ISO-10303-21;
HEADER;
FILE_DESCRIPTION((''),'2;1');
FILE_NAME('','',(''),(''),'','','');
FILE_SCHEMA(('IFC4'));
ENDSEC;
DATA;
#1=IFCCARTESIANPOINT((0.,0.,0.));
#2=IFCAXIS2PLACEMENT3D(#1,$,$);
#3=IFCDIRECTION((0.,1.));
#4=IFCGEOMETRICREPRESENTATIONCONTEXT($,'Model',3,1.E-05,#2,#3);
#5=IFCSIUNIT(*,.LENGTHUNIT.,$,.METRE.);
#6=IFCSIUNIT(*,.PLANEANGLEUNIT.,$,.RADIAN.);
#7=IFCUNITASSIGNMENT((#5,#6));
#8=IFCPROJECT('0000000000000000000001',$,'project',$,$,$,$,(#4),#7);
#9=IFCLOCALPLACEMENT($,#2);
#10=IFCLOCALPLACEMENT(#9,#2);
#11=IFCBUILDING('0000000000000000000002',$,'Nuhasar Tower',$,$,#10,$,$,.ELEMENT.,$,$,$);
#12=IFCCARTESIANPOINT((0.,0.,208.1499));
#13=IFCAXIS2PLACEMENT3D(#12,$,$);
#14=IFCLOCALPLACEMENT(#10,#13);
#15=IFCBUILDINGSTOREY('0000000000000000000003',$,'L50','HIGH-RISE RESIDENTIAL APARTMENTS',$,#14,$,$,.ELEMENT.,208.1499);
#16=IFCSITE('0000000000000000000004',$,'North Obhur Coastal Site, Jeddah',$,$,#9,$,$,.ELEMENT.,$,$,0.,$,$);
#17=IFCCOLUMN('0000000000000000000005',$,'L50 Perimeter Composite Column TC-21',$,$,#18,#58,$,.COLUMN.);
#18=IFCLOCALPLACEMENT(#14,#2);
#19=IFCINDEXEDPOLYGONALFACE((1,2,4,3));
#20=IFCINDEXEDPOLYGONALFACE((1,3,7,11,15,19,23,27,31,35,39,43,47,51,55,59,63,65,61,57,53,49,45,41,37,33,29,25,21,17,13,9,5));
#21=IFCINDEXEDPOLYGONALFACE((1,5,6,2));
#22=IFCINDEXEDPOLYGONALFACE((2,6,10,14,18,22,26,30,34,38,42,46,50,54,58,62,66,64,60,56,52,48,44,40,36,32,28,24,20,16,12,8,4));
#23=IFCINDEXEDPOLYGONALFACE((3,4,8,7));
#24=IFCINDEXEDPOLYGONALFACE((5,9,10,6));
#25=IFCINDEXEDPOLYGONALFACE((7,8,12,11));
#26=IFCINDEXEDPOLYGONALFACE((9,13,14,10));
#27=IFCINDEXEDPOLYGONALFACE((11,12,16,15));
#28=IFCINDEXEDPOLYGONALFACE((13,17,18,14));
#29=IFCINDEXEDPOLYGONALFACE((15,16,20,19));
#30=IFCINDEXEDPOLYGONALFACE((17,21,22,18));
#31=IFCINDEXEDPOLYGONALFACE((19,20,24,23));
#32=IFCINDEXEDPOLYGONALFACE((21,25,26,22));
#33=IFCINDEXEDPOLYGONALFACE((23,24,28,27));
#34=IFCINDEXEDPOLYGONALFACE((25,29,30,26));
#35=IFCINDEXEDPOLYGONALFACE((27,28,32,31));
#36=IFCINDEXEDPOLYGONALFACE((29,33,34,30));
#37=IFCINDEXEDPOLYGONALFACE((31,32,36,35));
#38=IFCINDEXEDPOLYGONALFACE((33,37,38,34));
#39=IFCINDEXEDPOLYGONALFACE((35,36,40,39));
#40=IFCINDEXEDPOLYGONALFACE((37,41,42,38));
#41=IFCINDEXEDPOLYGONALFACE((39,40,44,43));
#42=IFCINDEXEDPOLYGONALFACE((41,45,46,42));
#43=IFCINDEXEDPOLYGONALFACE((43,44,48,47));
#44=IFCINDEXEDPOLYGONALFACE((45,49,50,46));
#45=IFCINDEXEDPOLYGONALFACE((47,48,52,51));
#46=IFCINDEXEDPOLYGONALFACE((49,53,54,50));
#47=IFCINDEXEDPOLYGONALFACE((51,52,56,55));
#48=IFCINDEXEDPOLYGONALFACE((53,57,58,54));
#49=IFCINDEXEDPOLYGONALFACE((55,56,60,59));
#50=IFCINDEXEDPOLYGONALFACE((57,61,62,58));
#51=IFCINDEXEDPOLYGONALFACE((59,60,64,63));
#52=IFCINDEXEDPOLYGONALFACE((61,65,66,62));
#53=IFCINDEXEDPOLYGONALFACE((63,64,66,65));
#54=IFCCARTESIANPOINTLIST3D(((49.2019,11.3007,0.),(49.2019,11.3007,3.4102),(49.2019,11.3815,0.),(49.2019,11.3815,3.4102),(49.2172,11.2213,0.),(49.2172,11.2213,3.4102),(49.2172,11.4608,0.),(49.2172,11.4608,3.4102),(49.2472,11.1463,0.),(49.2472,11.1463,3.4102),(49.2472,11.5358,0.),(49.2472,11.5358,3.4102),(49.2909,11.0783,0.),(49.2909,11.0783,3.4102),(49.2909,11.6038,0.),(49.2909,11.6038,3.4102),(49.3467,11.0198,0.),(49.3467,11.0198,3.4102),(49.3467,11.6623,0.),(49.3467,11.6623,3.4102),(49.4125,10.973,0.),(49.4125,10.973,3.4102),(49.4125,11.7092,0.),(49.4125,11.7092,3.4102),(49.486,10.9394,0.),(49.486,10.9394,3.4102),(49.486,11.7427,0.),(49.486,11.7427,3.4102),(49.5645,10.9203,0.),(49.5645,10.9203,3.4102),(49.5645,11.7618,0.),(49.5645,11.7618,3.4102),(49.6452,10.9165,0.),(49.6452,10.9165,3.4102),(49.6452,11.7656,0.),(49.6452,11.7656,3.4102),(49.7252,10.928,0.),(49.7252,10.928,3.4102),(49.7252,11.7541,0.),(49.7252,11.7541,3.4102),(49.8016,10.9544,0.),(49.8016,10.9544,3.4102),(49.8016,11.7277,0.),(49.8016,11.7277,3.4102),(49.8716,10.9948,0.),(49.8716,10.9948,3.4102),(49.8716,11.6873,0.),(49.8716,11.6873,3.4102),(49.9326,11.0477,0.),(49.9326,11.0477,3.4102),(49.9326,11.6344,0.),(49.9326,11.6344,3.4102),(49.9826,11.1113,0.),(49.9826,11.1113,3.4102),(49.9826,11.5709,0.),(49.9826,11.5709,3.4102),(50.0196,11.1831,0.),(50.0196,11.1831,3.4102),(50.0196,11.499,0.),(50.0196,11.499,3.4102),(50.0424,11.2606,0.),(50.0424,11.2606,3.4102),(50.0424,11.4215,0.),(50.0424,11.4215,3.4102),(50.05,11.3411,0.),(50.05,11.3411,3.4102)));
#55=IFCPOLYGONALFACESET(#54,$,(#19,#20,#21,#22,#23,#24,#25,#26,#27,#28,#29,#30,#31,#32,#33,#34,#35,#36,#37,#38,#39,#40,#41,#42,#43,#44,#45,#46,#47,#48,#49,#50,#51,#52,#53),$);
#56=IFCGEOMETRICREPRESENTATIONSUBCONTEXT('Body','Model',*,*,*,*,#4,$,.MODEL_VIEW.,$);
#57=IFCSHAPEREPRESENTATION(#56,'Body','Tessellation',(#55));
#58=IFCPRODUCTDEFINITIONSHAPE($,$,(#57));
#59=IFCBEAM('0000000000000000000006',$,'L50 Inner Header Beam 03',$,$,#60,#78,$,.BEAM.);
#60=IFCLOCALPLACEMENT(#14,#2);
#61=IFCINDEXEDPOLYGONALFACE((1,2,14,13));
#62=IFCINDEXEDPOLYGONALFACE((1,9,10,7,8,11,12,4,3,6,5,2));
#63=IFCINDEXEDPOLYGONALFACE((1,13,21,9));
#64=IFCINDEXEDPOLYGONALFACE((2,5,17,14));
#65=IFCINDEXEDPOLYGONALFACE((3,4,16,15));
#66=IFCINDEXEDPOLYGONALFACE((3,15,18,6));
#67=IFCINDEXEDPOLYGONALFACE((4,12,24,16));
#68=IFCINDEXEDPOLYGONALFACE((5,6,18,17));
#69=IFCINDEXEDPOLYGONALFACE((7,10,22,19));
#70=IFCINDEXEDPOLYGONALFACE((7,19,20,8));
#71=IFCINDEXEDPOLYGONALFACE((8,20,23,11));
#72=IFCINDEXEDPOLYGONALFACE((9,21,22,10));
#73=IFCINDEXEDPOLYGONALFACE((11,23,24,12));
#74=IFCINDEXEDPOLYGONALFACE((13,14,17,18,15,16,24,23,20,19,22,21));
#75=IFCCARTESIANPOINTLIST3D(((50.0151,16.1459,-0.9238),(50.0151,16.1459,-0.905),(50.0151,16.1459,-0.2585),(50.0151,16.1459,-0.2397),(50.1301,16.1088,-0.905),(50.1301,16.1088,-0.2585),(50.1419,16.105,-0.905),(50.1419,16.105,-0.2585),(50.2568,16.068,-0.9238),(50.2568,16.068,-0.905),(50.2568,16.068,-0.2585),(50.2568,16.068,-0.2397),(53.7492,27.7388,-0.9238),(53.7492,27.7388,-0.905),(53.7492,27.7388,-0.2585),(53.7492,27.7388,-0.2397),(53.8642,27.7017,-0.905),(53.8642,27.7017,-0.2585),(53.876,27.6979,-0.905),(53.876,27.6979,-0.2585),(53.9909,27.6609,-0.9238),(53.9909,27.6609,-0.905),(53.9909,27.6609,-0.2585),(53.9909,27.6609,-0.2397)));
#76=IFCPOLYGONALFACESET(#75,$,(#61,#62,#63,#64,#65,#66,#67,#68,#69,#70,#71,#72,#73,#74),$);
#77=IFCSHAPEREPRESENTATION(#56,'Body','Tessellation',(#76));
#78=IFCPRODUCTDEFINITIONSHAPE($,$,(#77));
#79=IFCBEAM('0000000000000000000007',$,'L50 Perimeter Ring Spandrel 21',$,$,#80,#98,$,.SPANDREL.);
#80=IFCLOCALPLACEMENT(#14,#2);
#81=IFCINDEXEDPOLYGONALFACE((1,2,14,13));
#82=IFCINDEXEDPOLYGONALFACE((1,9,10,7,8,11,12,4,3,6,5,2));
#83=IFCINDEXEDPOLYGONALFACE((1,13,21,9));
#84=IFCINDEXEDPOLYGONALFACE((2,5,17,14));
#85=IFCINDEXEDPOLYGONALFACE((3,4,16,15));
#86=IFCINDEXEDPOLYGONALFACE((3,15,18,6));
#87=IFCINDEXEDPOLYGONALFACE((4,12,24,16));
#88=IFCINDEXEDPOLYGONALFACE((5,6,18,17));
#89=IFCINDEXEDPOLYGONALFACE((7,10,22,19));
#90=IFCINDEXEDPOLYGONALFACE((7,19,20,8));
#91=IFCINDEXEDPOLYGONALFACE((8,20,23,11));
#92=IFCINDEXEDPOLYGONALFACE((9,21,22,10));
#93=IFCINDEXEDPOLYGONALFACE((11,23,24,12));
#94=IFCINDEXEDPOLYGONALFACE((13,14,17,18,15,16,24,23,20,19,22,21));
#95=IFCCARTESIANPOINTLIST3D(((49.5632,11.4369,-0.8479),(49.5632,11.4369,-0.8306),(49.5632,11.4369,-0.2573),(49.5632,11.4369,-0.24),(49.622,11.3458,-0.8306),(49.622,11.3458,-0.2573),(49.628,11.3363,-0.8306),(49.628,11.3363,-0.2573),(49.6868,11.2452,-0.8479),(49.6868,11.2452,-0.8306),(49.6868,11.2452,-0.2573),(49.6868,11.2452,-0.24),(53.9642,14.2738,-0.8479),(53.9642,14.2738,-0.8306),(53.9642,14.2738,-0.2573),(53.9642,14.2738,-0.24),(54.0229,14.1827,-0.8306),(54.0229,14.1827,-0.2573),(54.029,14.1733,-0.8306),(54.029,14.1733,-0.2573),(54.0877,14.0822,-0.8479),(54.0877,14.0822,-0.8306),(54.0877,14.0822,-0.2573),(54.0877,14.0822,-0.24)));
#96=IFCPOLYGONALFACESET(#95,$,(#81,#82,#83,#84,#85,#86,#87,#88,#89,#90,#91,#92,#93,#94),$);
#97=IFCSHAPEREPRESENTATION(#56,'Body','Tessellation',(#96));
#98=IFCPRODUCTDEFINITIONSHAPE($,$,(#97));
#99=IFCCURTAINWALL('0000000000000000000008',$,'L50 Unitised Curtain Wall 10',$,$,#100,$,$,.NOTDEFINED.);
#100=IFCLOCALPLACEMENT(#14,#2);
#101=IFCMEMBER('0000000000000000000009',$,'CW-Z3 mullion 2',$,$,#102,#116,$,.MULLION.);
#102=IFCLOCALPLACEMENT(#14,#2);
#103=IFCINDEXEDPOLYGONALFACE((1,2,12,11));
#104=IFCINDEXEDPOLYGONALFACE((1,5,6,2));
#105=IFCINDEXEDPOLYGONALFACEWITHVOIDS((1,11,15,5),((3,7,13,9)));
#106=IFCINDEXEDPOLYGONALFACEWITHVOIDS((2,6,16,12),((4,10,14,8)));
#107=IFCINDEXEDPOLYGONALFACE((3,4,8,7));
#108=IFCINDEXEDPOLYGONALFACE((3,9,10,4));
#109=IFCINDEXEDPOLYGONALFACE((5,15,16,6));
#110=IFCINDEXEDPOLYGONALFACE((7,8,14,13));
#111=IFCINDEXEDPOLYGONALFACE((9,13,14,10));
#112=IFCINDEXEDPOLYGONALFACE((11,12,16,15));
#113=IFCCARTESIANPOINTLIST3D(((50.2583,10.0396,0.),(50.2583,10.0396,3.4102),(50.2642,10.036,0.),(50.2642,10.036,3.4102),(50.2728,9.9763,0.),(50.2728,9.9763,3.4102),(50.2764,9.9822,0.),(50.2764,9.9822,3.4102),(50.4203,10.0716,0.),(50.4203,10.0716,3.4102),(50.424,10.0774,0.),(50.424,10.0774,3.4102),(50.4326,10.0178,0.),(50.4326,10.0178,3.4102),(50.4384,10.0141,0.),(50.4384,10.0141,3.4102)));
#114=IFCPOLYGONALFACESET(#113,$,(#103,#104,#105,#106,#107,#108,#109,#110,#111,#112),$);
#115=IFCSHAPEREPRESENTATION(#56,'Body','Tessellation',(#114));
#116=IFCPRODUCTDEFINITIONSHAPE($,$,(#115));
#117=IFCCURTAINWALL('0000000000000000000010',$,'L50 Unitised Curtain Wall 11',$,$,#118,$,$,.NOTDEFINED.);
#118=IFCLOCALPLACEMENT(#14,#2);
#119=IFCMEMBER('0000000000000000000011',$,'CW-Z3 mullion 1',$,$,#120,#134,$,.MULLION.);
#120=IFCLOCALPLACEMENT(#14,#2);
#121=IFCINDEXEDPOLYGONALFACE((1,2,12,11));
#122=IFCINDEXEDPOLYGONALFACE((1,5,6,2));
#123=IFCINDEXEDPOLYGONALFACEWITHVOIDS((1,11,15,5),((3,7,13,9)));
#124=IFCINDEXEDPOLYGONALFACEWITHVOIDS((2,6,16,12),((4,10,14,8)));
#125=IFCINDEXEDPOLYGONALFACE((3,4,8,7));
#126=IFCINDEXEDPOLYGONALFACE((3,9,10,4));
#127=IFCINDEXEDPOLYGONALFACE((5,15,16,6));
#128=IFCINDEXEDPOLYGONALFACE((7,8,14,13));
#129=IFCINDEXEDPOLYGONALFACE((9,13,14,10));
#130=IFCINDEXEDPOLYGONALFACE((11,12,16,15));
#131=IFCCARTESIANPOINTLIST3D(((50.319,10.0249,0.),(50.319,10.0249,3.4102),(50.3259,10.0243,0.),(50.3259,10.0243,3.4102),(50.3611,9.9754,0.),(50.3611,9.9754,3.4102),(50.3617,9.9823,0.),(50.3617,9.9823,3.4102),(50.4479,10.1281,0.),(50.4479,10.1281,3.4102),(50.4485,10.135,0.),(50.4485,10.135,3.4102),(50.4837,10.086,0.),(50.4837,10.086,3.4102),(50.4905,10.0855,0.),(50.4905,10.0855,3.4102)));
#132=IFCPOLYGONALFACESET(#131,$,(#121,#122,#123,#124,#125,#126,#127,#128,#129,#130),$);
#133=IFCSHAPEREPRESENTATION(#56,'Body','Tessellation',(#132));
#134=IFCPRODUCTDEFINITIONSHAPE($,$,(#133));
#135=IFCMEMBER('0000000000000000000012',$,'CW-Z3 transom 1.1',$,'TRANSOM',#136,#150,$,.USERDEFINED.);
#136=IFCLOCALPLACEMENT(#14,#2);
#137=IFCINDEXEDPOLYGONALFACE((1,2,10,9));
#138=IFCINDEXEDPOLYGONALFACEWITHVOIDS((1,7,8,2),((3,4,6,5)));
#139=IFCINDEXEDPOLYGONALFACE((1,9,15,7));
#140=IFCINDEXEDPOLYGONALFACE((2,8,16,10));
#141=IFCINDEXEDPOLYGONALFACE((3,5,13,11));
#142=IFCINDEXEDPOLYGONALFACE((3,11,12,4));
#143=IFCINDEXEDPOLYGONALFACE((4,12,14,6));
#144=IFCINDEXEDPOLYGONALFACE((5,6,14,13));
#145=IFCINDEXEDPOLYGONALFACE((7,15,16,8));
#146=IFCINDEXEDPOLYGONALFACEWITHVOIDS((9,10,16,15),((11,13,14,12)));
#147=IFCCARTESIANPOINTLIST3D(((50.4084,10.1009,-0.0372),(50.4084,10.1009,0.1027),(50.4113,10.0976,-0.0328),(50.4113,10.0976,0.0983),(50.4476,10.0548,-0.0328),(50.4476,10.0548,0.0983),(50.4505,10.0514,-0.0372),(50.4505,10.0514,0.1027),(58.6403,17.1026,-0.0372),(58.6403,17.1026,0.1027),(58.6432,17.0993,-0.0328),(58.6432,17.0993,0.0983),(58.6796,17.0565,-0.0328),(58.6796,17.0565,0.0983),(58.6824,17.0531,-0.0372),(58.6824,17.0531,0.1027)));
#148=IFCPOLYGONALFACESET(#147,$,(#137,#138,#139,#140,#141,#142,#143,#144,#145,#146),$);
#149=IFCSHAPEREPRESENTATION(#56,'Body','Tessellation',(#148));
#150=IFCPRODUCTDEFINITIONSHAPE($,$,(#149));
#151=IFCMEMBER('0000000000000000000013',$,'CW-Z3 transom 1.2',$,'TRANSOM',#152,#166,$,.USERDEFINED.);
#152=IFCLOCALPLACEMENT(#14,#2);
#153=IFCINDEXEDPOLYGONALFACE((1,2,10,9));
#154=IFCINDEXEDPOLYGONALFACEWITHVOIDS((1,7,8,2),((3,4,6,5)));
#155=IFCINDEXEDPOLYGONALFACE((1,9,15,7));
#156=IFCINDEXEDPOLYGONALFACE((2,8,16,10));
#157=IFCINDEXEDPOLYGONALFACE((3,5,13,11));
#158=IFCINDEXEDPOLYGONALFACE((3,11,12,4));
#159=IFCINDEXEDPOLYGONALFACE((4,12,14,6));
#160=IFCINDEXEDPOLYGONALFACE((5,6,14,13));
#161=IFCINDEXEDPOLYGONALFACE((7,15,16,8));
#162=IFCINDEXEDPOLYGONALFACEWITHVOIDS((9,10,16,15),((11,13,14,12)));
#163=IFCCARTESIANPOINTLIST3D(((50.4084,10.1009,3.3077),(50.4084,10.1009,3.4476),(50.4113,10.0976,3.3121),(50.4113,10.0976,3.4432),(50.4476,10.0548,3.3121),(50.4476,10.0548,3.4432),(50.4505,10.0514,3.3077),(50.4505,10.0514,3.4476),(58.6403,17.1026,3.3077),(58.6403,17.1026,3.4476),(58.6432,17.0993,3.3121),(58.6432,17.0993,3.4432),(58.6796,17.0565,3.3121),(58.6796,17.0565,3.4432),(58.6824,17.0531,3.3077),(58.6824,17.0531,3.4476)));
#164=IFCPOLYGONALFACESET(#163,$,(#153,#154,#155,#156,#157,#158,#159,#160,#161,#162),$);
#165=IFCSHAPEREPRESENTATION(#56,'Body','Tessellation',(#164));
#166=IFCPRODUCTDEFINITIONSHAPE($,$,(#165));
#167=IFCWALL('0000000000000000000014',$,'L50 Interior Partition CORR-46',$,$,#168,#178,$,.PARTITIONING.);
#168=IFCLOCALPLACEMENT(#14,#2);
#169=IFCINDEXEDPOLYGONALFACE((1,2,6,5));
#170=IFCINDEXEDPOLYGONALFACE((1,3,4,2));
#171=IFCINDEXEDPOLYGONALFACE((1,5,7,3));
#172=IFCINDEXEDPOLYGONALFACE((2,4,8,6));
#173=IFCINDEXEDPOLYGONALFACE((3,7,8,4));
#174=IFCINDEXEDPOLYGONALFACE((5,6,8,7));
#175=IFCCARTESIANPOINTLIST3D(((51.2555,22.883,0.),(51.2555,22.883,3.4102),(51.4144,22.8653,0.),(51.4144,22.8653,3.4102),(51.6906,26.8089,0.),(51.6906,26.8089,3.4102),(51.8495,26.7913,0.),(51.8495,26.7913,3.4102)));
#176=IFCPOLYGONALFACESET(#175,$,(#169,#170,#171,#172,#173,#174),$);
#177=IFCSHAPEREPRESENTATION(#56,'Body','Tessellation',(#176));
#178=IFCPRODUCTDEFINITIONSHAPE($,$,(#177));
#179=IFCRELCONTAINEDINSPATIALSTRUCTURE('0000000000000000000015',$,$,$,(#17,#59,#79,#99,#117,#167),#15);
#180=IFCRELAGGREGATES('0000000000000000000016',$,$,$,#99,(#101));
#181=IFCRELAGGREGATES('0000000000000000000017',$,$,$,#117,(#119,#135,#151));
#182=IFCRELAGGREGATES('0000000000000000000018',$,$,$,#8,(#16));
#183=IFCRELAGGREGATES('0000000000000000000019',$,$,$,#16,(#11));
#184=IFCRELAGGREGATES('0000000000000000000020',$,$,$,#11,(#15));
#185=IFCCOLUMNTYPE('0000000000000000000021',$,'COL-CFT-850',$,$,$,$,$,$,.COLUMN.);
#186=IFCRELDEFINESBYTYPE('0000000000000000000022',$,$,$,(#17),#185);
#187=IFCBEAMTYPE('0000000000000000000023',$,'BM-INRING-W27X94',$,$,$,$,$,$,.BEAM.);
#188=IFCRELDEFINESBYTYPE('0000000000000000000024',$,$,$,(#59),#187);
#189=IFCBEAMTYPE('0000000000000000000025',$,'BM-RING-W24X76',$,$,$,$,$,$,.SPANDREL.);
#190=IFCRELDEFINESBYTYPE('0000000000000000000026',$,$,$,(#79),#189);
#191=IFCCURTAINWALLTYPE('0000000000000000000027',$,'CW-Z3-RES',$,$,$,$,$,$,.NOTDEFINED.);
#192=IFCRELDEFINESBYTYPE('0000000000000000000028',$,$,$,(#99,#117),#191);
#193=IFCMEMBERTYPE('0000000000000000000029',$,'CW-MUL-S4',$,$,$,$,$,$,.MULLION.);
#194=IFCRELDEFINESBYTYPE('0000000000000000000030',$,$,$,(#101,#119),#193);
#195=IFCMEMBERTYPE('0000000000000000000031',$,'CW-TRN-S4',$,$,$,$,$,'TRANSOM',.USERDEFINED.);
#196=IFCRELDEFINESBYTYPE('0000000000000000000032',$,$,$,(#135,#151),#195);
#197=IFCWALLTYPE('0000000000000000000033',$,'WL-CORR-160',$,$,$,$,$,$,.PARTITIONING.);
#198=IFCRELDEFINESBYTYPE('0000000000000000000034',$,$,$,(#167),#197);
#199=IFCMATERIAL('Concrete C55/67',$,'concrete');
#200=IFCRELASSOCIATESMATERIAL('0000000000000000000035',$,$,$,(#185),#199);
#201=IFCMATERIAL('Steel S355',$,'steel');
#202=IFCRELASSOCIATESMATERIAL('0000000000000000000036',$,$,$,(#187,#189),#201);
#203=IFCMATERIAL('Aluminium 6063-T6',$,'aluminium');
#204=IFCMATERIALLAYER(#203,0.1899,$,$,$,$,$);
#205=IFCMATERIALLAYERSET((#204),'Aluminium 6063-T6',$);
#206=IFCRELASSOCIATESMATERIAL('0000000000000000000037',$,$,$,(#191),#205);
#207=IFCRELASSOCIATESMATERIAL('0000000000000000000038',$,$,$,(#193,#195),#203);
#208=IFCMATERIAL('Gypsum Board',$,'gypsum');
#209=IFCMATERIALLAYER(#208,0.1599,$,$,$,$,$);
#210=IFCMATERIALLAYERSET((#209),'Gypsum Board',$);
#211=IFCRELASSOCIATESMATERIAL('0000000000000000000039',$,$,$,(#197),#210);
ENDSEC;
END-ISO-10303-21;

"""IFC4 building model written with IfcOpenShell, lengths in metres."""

from ifc_helpers import new_model, si_unit, direction, frame, frame_2d, origin, origin_2d, place, context, subcontext, project, spatial, rectangle, hollow_rectangle, circle, i_section, extrude, material, layer, layer_set, material_profile, profile_set, type_object, element, aggregate, save


model = new_model("IFC4")

# Units and contexts
model_context = context("Model", 3, precision=1e-05, world=origin(), true_north=direction((0.0, 1.0)))
body_context = subcontext(model_context, "Body", "Model", "MODEL_VIEW")
ifc_project = project(units=[si_unit("LENGTHUNIT", "METRE"), si_unit("PLANEANGLEUNIT", "RADIAN")], contexts=[model_context])

# Site, building, storey
site_placement = place(None, origin())
site = spatial("IfcSite", under=ifc_project, at=site_placement, Name="North Obhur Coastal Site, Jeddah", CompositionType="ELEMENT", RefElevation=0.0)
building_placement = place(site_placement, origin())
building = spatial("IfcBuilding", under=site, at=building_placement, Name="Nuhasar Tower", CompositionType="ELEMENT")
storey_placement = place(building_placement, frame((0.0, 0.0, 208.1499)))
storey = spatial("IfcBuildingStorey", under=building, at=storey_placement, Name="L50", Description="HIGH-RISE RESIDENTIAL APARTMENTS", CompositionType="ELEMENT", Elevation=208.1499)

# Column
ifc_material_1 = material(Name="Concrete C55/67", Category="concrete")
ifc_material_profile_1 = material_profile(ifc_material_1, circle(Radius=0.425, at=origin_2d()), Name="CFT850")
ifc_profile_set_1 = profile_set([ifc_material_profile_1], Name="Concrete C55/67")
column_type = type_object("IfcColumnType", Name="COL-CFT-850", PredefinedType="COLUMN", material=ifc_profile_set_1)
column_placement = place(storey_placement, frame((49.625, 11.3411, 0.0), z_axis=(0.0, 0.0, 1.0), x_axis=(1.0, 0.0, 0.0)))
element("IfcColumn", 1, at=column_placement, inside=storey, type_object=column_type, Name="L50 Perimeter Composite Column TC-21", PredefinedType="COLUMN", context=body_context, shape_type="SweptSolid", body=[
    extrude(circle(Radius=0.425, at=origin_2d()), origin(), (0.0, 0.0, 1.0), 3.4102),
])

# Beams
ifc_material_2 = material(Name="Steel S355", Category="steel")
ifc_material_profile_2 = material_profile(ifc_material_2, i_section(OverallWidth=0.2539, OverallDepth=0.6841, WebThickness=0.0125, FlangeThickness=0.0188, at=origin_2d()), Name="W27X94")
ifc_profile_set_2 = profile_set([ifc_material_profile_2], Name="Steel S355")
beam_type_1 = type_object("IfcBeamType", Name="BM-INRING-W27X94", PredefinedType="BEAM", material=ifc_profile_set_2)
beam_1_placement = place(storey_placement, frame((50.136, 16.1069, -0.5818), z_axis=(0.30659, 0.951842, 0.0), x_axis=(-0.951842, 0.30659, 0.0)))
element("IfcBeam", 2, at=beam_1_placement, inside=storey, type_object=beam_type_1, Name="L50 Inner Header Beam 03", PredefinedType="BEAM", context=body_context, shape_type="SweptSolid", body=[
    extrude(i_section(OverallWidth=0.2539, OverallDepth=0.6841, WebThickness=0.0125, FlangeThickness=0.0188, at=origin_2d()), origin(), (0.0, 0.0, 1.0), 12.1794),
])
ifc_material_profile_3 = material_profile(ifc_material_2, i_section(OverallWidth=0.228, OverallDepth=0.6079, WebThickness=0.0112, FlangeThickness=0.0173, at=origin_2d()), Name="W24X76")
ifc_profile_set_3 = profile_set([ifc_material_profile_3], Name="Steel S355")
beam_type_2 = type_object("IfcBeamType", Name="BM-RING-W24X76", PredefinedType="SPANDREL", material=ifc_profile_set_3)
beam_2_placement = place(storey_placement, frame((49.625, 11.3411, -0.5439), z_axis=(0.840502, 0.541808, 0.0), x_axis=(-0.541808, 0.840502, 0.0)))
element("IfcBeam", 3, at=beam_2_placement, inside=storey, type_object=beam_type_2, Name="L50 Perimeter Ring Spandrel 21", PredefinedType="SPANDREL", context=body_context, shape_type="SweptSolid", body=[
    extrude(i_section(OverallWidth=0.228, OverallDepth=0.6079, WebThickness=0.0112, FlangeThickness=0.0173, at=origin_2d()), origin(), (0.0, 0.0, 1.0), 5.2361),
])

# Curtain wall, member
ifc_material_3 = material(Name="Aluminium 6063-T6", Category="aluminium")
ifc_layer_1 = layer(ifc_material_3, 0.1899)
ifc_layer_set_1 = layer_set([ifc_layer_1], Name="Aluminium 6063-T6")
curtain_wall_type = type_object("IfcCurtainWallType", Name="CW-Z3-RES", PredefinedType="NOTDEFINED", material=ifc_layer_set_1)
curtain_wall_1_placement = place(storey_placement, origin())
curtain_wall_1 = element("IfcCurtainWall", 4, at=curtain_wall_1_placement, inside=storey, type_object=curtain_wall_type, Name="L50 Unitised Curtain Wall 10", PredefinedType="NOTDEFINED")
ifc_material_profile_4 = material_profile(ifc_material_3, hollow_rectangle(XDim=0.0649, YDim=0.1699, WallThickness=0.0049, at=origin_2d()), Name="CWM-4")
ifc_profile_set_4 = profile_set([ifc_material_profile_4], Name="Aluminium 6063-T6")
member_type_1 = type_object("IfcMemberType", Name="CW-MUL-S4", PredefinedType="MULLION", material=ifc_profile_set_4)
member_1_placement = place(storey_placement, frame((50.3484, 10.0269, 0.0), z_axis=(0.0, 0.0, 1.0), x_axis=(-0.222243, 0.974991, 0.0)))
member_1 = element("IfcMember", 5, at=member_1_placement, type_object=member_type_1, Name="CW-Z3 mullion 2", PredefinedType="MULLION", context=body_context, shape_type="SweptSolid", body=[
    extrude(hollow_rectangle(XDim=0.0649, YDim=0.1699, WallThickness=0.0049, at=origin_2d()), origin(), (0.0, 0.0, 1.0), 3.4102),
])
aggregate(curtain_wall_1, [member_1])

# Curtain wall, members
curtain_wall_2_placement = place(storey_placement, origin())
curtain_wall_2 = element("IfcCurtainWall", 6, at=curtain_wall_2_placement, inside=storey, type_object=curtain_wall_type, Name="L50 Unitised Curtain Wall 11", PredefinedType="NOTDEFINED")
member_2_placement = place(storey_placement, frame((50.4048, 10.0552, 0.0), z_axis=(0.0, 0.0, 1.0), x_axis=(-0.647895, 0.761729, 0.0)))
member_2 = element("IfcMember", 7, at=member_2_placement, type_object=member_type_1, Name="CW-Z3 mullion 1", PredefinedType="MULLION", context=body_context, shape_type="SweptSolid", body=[
    extrude(hollow_rectangle(XDim=0.0649, YDim=0.1699, WallThickness=0.0049, at=origin_2d()), origin(), (0.0, 0.0, 1.0), 3.4102),
])
ifc_material_profile_5 = material_profile(ifc_material_3, hollow_rectangle(XDim=0.0649, YDim=0.1399, WallThickness=0.0044, at=origin_2d()), Name="CWT-4")
ifc_profile_set_5 = profile_set([ifc_material_profile_5], Name="Aluminium 6063-T6")
member_type_2 = type_object("IfcMemberType", Name="CW-TRN-S4", ElementType="TRANSOM", PredefinedType="USERDEFINED", material=ifc_profile_set_5)
member_3_placement = place(storey_placement, frame((50.4294, 10.0762, 0.0327), z_axis=(0.761731, 0.647894, 0.0), x_axis=(-0.647894, 0.761731, 0.0)))
member_3 = element("IfcMember", 8, at=member_3_placement, type_object=member_type_2, Name="CW-Z3 transom 1.1", ObjectType="TRANSOM", PredefinedType="USERDEFINED", context=body_context, shape_type="SweptSolid", body=[
    extrude(hollow_rectangle(XDim=0.0649, YDim=0.1399, WallThickness=0.0044, at=origin_2d()), origin(), (0.0, 0.0, 1.0), 10.8069),
])
member_4_placement = place(storey_placement, frame((50.4294, 10.0762, 3.3777), z_axis=(0.761731, 0.647894, 0.0), x_axis=(-0.647894, 0.761731, 0.0)))
member_4 = element("IfcMember", 9, at=member_4_placement, type_object=member_type_2, Name="CW-Z3 transom 1.2", ObjectType="TRANSOM", PredefinedType="USERDEFINED", context=body_context, shape_type="SweptSolid", body=[
    extrude(hollow_rectangle(XDim=0.0649, YDim=0.1399, WallThickness=0.0044, at=origin_2d()), origin(), (0.0, 0.0, 1.0), 10.8069),
])
aggregate(curtain_wall_2, [member_2, member_3, member_4])

# Shared definitions
ifc_material_4 = material(Name="Gypsum Board", Category="gypsum")
ifc_layer_2 = layer(ifc_material_4, 0.1599)
ifc_layer_set_2 = layer_set([ifc_layer_2], Name="Gypsum Board")
wall_type_1 = type_object("IfcWallType", Name="WL-CORR-160", PredefinedType="PARTITIONING", material=ifc_layer_set_2)

# Wall
wall_1_placement = place(storey_placement, frame((51.335, 22.874, 0.0), z_axis=(0.0, 0.0, 1.0), x_axis=(0.11014, 0.993916, 0.0)))
element("IfcWall", 10, at=wall_1_placement, inside=storey, type_object=wall_type_1, Name="L50 Interior Partition CORR-46", PredefinedType="PARTITIONING", context=body_context, shape_type="SweptSolid", body=[
    extrude(rectangle(XDim=3.95, YDim=0.1599, at=frame_2d((1.9751, 0.0))), origin(), (0.0, 0.0, 1.0), 3.4102),
])

save(model, "model.ifc")
